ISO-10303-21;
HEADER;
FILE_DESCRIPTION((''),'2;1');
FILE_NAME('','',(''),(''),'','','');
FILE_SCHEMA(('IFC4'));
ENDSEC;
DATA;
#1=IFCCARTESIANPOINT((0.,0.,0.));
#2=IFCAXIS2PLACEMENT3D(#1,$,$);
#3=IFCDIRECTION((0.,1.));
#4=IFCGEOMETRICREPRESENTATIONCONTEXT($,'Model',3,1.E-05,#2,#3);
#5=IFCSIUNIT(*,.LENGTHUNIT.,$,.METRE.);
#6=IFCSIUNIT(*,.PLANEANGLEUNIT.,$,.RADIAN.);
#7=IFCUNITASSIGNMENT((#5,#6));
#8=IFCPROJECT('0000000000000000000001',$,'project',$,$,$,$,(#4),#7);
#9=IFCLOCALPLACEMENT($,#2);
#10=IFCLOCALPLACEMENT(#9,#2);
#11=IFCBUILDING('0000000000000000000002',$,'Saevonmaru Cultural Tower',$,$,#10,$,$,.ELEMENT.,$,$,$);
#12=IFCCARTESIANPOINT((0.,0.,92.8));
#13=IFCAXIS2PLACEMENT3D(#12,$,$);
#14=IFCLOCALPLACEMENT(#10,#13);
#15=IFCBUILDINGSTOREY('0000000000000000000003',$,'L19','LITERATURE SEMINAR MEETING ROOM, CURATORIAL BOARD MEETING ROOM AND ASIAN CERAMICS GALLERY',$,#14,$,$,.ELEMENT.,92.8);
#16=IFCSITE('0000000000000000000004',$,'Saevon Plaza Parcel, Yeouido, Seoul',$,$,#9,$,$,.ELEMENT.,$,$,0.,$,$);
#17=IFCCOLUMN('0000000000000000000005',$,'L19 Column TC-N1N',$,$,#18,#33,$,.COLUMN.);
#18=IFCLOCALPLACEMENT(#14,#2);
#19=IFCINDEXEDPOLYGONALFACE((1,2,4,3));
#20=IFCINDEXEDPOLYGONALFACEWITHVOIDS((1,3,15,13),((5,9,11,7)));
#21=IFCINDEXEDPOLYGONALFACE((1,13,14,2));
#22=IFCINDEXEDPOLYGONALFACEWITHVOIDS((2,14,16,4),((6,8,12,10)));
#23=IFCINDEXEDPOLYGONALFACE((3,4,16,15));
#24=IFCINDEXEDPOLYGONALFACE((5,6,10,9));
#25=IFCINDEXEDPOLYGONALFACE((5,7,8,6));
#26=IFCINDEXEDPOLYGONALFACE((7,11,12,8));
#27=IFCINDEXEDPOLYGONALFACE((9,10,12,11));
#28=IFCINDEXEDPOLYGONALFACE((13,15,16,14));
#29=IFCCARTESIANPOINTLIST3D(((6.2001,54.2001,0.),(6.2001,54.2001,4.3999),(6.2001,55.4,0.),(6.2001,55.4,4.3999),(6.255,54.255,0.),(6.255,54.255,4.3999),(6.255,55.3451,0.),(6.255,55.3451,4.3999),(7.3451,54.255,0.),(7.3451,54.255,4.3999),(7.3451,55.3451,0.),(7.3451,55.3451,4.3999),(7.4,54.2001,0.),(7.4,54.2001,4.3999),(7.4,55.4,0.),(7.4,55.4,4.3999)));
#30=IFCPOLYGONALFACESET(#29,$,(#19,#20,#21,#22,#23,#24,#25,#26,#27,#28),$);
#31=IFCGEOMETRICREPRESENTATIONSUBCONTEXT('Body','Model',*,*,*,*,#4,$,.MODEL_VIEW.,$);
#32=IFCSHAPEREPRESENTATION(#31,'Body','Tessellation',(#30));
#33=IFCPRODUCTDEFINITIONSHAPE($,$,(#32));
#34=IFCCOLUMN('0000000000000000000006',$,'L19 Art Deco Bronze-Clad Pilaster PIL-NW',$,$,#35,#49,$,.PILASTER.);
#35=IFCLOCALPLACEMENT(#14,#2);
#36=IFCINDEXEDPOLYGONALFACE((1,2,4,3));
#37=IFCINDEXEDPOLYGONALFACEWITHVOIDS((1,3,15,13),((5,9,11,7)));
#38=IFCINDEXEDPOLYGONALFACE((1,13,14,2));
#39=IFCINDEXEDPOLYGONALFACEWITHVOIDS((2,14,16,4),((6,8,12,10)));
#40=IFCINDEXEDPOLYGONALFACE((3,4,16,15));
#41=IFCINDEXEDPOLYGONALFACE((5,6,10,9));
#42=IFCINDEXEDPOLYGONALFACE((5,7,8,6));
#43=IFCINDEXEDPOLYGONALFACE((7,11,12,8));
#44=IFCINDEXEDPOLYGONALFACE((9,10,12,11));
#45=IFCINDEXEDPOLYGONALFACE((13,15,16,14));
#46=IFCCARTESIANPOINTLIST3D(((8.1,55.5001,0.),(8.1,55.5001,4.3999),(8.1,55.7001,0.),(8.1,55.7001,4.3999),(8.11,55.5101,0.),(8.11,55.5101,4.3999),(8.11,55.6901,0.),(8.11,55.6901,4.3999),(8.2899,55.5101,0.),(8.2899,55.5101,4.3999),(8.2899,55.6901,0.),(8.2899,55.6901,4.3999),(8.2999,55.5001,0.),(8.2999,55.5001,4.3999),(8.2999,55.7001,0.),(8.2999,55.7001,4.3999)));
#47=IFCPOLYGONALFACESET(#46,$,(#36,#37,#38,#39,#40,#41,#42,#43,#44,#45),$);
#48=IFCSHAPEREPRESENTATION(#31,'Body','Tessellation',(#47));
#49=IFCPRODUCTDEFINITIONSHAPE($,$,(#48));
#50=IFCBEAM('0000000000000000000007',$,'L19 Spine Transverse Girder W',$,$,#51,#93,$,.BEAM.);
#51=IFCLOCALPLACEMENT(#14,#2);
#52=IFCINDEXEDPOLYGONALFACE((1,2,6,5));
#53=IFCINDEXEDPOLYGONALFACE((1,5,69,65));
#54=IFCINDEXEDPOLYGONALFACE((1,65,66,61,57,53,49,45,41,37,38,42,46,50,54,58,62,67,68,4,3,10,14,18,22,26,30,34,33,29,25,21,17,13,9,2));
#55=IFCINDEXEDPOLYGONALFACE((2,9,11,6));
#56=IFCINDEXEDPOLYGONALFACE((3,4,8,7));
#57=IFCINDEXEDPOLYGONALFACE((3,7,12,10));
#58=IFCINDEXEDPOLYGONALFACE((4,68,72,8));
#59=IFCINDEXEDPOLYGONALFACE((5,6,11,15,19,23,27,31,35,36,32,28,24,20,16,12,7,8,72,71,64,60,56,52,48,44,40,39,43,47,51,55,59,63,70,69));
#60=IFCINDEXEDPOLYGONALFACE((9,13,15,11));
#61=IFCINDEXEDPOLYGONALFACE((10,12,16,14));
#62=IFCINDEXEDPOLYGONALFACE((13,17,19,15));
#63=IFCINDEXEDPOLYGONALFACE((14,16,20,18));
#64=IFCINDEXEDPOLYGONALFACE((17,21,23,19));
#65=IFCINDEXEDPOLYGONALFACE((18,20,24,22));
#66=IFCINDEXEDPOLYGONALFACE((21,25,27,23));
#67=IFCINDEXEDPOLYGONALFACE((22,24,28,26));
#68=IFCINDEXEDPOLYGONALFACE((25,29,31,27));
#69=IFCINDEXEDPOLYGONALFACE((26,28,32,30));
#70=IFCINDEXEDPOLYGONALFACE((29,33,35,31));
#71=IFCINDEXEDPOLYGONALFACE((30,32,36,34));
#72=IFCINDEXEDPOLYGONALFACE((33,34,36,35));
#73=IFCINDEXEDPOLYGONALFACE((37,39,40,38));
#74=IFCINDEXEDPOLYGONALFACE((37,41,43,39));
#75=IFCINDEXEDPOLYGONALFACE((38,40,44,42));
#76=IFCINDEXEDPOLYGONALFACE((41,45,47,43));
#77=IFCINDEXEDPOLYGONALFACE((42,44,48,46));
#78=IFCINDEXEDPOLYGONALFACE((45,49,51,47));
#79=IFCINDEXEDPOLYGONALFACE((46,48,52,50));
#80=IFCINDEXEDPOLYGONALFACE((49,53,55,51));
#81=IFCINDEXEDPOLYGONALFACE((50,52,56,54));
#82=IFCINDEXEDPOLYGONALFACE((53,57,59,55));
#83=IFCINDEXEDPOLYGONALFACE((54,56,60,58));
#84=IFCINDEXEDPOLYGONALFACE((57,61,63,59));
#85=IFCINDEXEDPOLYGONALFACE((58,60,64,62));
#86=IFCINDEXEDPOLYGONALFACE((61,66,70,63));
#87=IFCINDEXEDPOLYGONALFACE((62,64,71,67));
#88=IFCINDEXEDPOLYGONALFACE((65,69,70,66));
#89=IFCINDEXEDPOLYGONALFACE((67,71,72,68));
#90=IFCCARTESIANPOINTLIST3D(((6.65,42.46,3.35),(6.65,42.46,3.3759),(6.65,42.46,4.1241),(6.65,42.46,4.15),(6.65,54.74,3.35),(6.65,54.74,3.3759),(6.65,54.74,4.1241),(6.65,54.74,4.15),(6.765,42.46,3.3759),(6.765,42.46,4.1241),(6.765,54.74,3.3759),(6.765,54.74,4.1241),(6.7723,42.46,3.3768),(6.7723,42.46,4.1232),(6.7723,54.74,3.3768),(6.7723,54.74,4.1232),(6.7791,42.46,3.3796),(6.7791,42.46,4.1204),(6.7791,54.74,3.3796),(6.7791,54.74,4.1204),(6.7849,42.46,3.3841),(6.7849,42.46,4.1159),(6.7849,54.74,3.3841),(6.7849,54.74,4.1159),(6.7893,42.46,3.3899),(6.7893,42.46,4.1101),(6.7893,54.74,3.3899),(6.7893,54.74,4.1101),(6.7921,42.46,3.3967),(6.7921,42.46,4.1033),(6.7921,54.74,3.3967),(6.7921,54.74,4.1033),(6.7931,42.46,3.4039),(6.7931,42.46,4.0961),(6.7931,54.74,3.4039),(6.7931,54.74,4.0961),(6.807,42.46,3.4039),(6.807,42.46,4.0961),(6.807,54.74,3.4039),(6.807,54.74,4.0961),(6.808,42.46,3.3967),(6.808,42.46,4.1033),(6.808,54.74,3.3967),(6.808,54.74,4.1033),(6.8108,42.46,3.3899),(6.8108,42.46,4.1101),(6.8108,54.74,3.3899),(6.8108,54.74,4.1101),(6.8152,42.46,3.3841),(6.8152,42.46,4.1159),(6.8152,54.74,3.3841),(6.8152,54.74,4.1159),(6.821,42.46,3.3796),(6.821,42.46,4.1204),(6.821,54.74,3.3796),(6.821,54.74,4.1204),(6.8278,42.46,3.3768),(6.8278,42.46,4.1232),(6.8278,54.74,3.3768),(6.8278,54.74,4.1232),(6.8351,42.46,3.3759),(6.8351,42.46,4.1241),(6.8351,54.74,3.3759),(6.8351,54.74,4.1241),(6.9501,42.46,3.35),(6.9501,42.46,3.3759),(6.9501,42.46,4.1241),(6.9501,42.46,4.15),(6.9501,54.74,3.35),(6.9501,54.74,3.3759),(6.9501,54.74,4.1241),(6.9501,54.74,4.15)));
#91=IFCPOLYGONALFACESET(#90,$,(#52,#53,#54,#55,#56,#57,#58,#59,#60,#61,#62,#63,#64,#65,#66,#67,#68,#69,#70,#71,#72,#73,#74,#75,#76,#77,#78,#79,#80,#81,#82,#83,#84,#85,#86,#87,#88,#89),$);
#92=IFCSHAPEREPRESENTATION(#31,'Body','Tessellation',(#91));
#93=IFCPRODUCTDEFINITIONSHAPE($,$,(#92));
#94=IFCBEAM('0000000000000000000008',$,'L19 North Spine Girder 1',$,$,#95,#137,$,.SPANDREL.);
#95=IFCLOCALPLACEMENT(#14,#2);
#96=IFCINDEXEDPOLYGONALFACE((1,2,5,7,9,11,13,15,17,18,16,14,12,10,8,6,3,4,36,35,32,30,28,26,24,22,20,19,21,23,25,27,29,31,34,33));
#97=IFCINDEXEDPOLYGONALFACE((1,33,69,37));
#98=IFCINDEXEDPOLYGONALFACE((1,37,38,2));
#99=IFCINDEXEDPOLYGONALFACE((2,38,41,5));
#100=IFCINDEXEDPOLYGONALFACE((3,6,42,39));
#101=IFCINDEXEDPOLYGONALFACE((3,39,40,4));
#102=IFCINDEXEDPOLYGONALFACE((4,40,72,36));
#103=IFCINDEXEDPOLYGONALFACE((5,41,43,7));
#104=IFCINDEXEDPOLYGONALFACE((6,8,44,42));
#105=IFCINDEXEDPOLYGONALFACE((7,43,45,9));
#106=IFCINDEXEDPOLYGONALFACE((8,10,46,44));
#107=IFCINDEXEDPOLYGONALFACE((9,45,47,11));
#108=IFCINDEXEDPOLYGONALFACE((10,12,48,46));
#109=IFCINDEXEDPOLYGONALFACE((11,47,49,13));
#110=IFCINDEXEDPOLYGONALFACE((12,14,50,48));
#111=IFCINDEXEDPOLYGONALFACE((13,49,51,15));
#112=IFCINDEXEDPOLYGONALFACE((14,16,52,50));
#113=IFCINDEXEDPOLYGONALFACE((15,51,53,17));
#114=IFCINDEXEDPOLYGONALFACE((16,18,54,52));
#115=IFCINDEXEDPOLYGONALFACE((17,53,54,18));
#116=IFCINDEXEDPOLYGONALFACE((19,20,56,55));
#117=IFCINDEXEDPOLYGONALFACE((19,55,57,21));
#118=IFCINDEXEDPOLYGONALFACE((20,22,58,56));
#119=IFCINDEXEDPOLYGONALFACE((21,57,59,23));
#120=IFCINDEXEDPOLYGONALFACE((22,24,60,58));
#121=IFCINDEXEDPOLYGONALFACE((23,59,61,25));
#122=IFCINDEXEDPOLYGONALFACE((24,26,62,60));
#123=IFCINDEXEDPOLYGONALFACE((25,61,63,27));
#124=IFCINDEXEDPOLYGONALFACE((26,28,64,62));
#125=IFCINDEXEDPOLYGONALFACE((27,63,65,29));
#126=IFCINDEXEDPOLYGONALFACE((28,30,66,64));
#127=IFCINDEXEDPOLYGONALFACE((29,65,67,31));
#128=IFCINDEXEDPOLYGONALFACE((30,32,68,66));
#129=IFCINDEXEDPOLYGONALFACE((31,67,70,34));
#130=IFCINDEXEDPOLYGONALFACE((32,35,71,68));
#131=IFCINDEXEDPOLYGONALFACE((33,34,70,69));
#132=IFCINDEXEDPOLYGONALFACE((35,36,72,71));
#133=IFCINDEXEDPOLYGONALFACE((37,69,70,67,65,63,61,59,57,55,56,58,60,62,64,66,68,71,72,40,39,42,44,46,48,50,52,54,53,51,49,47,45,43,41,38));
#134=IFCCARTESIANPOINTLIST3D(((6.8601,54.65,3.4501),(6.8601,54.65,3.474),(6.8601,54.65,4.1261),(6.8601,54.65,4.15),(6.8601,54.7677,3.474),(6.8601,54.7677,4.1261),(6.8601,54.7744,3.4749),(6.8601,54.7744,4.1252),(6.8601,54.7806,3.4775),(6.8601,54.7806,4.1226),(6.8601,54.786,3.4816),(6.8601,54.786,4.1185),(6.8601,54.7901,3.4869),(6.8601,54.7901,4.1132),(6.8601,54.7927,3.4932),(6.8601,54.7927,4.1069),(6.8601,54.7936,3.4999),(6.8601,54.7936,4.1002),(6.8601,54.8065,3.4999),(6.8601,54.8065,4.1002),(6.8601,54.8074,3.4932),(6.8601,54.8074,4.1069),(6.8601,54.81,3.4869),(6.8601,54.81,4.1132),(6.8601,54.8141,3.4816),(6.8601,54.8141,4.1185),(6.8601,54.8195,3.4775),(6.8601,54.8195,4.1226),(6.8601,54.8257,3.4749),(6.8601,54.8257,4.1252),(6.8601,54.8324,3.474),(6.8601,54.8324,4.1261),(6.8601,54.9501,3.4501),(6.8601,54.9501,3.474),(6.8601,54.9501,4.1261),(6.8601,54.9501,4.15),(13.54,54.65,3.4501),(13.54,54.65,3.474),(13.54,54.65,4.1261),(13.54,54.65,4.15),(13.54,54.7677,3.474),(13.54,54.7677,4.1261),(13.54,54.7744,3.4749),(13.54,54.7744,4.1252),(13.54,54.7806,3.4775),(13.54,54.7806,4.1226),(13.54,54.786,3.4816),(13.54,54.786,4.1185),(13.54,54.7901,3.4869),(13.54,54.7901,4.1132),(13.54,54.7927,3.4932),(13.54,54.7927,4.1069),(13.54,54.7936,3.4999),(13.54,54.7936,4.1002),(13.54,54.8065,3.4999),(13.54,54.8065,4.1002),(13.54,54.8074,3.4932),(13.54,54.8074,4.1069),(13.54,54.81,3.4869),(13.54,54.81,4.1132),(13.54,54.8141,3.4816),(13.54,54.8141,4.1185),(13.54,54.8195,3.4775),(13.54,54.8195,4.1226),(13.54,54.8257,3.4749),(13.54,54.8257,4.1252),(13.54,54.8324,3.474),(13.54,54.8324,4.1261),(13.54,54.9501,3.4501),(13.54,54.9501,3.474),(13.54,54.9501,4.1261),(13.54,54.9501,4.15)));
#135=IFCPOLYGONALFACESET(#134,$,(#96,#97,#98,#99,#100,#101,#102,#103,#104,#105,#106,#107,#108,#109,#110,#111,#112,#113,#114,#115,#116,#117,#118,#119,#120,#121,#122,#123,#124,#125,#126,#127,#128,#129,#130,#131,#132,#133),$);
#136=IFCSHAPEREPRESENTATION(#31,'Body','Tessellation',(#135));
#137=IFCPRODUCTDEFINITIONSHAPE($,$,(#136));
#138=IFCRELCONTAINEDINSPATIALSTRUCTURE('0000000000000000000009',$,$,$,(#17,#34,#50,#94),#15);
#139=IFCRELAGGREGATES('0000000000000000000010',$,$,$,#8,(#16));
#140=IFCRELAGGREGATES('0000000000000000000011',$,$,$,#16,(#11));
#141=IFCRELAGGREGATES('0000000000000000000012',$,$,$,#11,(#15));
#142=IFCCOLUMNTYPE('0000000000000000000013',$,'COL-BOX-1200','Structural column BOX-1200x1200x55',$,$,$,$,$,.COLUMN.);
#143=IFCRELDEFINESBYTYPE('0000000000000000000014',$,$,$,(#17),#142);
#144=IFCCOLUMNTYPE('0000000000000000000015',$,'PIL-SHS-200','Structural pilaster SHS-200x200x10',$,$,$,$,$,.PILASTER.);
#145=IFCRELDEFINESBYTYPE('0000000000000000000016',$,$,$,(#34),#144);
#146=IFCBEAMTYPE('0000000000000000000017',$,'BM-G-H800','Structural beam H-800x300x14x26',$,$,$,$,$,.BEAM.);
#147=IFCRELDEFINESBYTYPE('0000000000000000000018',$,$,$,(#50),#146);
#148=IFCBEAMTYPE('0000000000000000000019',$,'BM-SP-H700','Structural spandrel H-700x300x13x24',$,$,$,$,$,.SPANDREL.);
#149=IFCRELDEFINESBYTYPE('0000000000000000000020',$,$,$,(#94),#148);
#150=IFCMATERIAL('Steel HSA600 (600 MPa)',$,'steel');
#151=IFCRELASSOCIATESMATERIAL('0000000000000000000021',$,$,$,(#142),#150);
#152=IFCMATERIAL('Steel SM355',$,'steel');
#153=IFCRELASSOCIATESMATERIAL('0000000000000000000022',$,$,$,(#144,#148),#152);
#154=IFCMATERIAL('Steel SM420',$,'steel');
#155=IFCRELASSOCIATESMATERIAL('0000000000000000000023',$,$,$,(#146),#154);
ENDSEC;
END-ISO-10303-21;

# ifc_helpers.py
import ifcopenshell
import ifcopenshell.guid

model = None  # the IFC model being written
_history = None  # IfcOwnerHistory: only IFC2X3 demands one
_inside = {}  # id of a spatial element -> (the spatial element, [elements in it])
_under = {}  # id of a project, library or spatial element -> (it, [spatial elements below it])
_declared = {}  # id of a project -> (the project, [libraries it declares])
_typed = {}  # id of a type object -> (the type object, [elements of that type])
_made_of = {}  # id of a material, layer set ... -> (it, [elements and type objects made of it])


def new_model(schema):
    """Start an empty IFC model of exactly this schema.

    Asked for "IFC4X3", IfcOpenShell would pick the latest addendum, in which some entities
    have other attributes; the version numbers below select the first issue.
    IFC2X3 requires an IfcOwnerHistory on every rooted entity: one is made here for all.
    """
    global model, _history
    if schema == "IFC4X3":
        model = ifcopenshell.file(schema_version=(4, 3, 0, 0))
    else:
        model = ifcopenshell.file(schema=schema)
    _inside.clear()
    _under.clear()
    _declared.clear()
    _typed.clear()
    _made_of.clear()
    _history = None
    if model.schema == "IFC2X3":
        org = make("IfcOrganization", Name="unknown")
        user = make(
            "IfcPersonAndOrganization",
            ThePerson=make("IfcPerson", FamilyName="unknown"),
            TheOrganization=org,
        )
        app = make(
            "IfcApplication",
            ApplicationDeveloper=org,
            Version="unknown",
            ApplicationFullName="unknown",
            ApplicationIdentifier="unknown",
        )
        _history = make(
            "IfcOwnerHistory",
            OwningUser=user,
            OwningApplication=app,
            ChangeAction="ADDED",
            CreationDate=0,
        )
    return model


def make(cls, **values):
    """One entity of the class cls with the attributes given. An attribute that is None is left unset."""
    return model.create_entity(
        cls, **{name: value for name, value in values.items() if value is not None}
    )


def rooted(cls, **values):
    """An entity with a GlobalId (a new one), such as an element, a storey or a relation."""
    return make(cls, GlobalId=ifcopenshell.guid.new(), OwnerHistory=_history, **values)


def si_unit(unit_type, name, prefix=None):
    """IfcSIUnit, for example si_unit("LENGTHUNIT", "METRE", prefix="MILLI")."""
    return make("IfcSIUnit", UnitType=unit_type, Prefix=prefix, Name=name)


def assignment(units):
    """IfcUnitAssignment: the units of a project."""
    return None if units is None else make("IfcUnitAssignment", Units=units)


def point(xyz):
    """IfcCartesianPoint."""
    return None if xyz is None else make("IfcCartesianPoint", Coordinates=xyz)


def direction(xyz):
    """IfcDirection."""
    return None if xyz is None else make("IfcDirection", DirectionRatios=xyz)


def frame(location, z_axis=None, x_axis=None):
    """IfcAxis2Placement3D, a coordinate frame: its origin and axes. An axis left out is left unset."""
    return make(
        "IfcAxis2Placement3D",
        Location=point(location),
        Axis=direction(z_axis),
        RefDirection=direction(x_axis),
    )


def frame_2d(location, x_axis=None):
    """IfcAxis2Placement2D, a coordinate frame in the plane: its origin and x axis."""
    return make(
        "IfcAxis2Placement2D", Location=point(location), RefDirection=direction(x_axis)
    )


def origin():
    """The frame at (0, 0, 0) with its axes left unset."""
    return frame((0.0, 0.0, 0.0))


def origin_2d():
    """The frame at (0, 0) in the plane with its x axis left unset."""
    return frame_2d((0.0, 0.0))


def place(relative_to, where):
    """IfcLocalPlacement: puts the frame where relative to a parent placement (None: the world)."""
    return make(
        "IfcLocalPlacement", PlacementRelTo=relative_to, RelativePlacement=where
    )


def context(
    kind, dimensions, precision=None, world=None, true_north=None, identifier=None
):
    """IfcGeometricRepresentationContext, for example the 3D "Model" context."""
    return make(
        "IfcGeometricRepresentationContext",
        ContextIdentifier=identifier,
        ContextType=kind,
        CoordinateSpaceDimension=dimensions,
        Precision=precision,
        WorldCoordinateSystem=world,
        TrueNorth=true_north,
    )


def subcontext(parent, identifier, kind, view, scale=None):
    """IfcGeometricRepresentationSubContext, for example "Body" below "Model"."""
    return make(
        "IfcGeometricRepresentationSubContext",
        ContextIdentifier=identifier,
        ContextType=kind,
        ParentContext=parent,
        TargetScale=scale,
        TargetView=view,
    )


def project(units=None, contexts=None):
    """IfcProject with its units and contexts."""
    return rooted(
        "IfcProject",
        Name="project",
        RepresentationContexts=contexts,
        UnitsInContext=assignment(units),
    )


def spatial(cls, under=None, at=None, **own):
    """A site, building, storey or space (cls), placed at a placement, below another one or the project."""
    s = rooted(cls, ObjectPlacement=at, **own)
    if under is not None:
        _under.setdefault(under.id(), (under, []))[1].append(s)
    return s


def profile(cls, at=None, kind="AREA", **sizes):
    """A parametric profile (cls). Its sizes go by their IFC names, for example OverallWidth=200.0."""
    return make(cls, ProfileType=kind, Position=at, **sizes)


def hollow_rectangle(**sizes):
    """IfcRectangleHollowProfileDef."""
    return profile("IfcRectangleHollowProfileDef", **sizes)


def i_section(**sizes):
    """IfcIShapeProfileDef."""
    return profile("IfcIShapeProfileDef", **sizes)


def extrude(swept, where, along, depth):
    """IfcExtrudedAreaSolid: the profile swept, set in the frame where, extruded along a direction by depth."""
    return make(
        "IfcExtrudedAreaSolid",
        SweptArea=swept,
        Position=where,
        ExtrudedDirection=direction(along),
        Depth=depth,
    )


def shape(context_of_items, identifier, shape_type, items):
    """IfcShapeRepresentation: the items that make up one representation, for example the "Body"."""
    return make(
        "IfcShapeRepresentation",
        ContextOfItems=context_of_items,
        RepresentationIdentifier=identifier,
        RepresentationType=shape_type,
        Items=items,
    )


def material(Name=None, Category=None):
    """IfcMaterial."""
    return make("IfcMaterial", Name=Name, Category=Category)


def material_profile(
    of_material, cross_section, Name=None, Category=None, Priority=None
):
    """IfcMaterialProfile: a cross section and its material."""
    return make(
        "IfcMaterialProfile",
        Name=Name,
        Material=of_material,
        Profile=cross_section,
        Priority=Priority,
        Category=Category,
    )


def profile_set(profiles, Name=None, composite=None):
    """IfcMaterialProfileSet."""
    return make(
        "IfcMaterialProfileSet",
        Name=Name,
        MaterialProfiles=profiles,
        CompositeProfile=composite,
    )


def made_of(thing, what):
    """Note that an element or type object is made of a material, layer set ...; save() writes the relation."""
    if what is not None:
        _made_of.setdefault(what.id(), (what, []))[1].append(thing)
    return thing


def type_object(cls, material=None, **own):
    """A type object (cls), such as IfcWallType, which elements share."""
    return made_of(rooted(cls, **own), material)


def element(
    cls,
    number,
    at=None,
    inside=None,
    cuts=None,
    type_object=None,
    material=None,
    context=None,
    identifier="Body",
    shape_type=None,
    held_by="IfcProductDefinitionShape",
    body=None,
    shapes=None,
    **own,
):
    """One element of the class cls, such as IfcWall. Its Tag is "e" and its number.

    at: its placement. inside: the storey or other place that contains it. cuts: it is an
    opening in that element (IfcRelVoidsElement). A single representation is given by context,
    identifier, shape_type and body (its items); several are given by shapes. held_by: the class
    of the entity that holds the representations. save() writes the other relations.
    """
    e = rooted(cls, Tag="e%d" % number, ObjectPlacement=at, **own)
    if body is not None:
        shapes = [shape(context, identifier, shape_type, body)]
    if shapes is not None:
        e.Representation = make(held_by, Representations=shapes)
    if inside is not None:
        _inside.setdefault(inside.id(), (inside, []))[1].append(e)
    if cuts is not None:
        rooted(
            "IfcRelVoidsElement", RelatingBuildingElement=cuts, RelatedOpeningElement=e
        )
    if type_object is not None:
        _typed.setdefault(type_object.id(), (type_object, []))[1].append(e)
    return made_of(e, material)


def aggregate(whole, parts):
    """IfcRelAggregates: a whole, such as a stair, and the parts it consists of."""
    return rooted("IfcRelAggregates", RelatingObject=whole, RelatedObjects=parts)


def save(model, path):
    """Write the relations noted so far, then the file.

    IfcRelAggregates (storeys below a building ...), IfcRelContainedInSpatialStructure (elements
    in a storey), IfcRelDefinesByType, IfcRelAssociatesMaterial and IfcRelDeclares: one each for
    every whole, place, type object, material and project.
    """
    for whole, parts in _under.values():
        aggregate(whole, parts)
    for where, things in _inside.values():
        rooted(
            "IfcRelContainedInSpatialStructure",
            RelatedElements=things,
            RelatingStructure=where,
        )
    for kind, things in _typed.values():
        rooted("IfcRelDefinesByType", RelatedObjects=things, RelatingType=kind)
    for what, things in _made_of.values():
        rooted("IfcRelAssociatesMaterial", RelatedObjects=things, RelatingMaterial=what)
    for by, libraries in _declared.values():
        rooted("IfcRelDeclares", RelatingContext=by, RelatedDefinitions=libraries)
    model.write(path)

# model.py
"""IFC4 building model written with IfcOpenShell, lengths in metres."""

from ifc_helpers import new_model, si_unit, direction, frame, origin, origin_2d, place, context, subcontext, project, spatial, hollow_rectangle, i_section, extrude, material, material_profile, profile_set, type_object, element, save


model = new_model("IFC4")

# Units and contexts
model_context = context("Model", 3, precision=1e-05, world=origin(), true_north=direction((0.0, 1.0)))
body_context = subcontext(model_context, "Body", "Model", "MODEL_VIEW")
ifc_project = project(units=[si_unit("LENGTHUNIT", "METRE"), si_unit("PLANEANGLEUNIT", "RADIAN")], contexts=[model_context])

# Site, building, storey
site_placement = place(None, origin())
site = spatial("IfcSite", under=ifc_project, at=site_placement, Name="Saevon Plaza Parcel, Yeouido, Seoul", CompositionType="ELEMENT", RefElevation=0.0)
building_placement = place(site_placement, origin())
building = spatial("IfcBuilding", under=site, at=building_placement, Name="Saevonmaru Cultural Tower", CompositionType="ELEMENT")
storey_placement = place(building_placement, frame((0.0, 0.0, 92.8)))
storey = spatial("IfcBuildingStorey", under=building, at=storey_placement, Name="L19", Description="LITERATURE SEMINAR MEETING ROOM, CURATORIAL BOARD MEETING ROOM AND ASIAN CERAMICS GALLERY", CompositionType="ELEMENT", Elevation=92.8)

# Columns
ifc_material_1 = material(Name="Steel HSA600 (600 MPa)", Category="steel")
ifc_material_profile_1 = material_profile(ifc_material_1, hollow_rectangle(XDim=1.2, YDim=1.2, WallThickness=0.0549, at=origin_2d()), Name="BOX-1200x1200x55")
ifc_profile_set_1 = profile_set([ifc_material_profile_1], Name="Steel HSA600 (600 MPa)")
column_type_1 = type_object("IfcColumnType", Name="COL-BOX-1200", Description="Structural column BOX-1200x1200x55", PredefinedType="COLUMN", material=ifc_profile_set_1)
column_1_placement = place(storey_placement, frame((6.8, 54.8, 0.0), z_axis=(0.0, 0.0, 1.0), x_axis=(1.0, 0.0, 0.0)))
element("IfcColumn", 1, at=column_1_placement, inside=storey, type_object=column_type_1, Name="L19 Column TC-N1N", PredefinedType="COLUMN", context=body_context, shape_type="SweptSolid", body=[
    extrude(hollow_rectangle(XDim=1.2, YDim=1.2, WallThickness=0.0549, at=origin_2d()), origin(), (0.0, 0.0, 1.0), 4.3999),
])
ifc_material_2 = material(Name="Steel SM355", Category="steel")
ifc_material_profile_2 = material_profile(ifc_material_2, hollow_rectangle(XDim=0.2, YDim=0.2, WallThickness=0.01, at=origin_2d()), Name="SHS-200x200x10")
ifc_profile_set_2 = profile_set([ifc_material_profile_2], Name="Steel SM355")
column_type_2 = type_object("IfcColumnType", Name="PIL-SHS-200", Description="Structural pilaster SHS-200x200x10", PredefinedType="PILASTER", material=ifc_profile_set_2)
column_2_placement = place(storey_placement, frame((8.2, 55.6001, 0.0), z_axis=(0.0, 0.0, 1.0), x_axis=(1.0, 0.0, 0.0)))
element("IfcColumn", 2, at=column_2_placement, inside=storey, type_object=column_type_2, Name="L19 Art Deco Bronze-Clad Pilaster PIL-NW", PredefinedType="PILASTER", context=body_context, shape_type="SweptSolid", body=[
    extrude(hollow_rectangle(XDim=0.2, YDim=0.2, WallThickness=0.01, at=origin_2d()), origin(), (0.0, 0.0, 1.0), 4.3999),
])

# Beams
ifc_material_3 = material(Name="Steel SM420", Category="steel")
ifc_material_profile_3 = material_profile(ifc_material_3, i_section(OverallWidth=0.3, OverallDepth=0.8, WebThickness=0.0139, FlangeThickness=0.0259, FilletRadius=0.0281, at=origin_2d()), Name="H-800x300x14x26")
ifc_profile_set_3 = profile_set([ifc_material_profile_3], Name="Steel SM420")
beam_type_1 = type_object("IfcBeamType", Name="BM-G-H800", Description="Structural beam H-800x300x14x26", PredefinedType="BEAM", material=ifc_profile_set_3)
beam_1_placement = place(storey_placement, frame((6.8, 54.74, 3.75), z_axis=(0.0, -1.0, 0.0), x_axis=(1.0, 0.0, 0.0)))
element("IfcBeam", 3, at=beam_1_placement, inside=storey, type_object=beam_type_1, Name="L19 Spine Transverse Girder W", PredefinedType="BEAM", context=body_context, shape_type="SweptSolid", body=[
    extrude(i_section(OverallWidth=0.3, OverallDepth=0.8, WebThickness=0.0139, FlangeThickness=0.0259, FilletRadius=0.0281, at=origin_2d()), origin(), (0.0, 0.0, 1.0), 12.28),
])
ifc_material_profile_4 = material_profile(ifc_material_2, i_section(OverallWidth=0.3, OverallDepth=0.7, WebThickness=0.0129, FlangeThickness=0.0239, FilletRadius=0.0259, at=origin_2d()), Name="H-700x300x13x24")
ifc_profile_set_4 = profile_set([ifc_material_profile_4], Name="Steel SM355")
beam_type_2 = type_object("IfcBeamType", Name="BM-SP-H700", Description="Structural spandrel H-700x300x13x24", PredefinedType="SPANDREL", material=ifc_profile_set_4)
beam_2_placement = place(storey_placement, frame((6.8601, 54.8, 3.8), z_axis=(1.0, 0.0, 0.0), x_axis=(0.0, 1.0, 0.0)))
element("IfcBeam", 4, at=beam_2_placement, inside=storey, type_object=beam_type_2, Name="L19 North Spine Girder 1", PredefinedType="SPANDREL", context=body_context, shape_type="SweptSolid", body=[
    extrude(i_section(OverallWidth=0.3, OverallDepth=0.7, WebThickness=0.0129, FlangeThickness=0.0239, FilletRadius=0.0259, at=origin_2d()), origin(), (0.0, 0.0, 1.0), 6.6799),
])

save(model, "model.ifc")
